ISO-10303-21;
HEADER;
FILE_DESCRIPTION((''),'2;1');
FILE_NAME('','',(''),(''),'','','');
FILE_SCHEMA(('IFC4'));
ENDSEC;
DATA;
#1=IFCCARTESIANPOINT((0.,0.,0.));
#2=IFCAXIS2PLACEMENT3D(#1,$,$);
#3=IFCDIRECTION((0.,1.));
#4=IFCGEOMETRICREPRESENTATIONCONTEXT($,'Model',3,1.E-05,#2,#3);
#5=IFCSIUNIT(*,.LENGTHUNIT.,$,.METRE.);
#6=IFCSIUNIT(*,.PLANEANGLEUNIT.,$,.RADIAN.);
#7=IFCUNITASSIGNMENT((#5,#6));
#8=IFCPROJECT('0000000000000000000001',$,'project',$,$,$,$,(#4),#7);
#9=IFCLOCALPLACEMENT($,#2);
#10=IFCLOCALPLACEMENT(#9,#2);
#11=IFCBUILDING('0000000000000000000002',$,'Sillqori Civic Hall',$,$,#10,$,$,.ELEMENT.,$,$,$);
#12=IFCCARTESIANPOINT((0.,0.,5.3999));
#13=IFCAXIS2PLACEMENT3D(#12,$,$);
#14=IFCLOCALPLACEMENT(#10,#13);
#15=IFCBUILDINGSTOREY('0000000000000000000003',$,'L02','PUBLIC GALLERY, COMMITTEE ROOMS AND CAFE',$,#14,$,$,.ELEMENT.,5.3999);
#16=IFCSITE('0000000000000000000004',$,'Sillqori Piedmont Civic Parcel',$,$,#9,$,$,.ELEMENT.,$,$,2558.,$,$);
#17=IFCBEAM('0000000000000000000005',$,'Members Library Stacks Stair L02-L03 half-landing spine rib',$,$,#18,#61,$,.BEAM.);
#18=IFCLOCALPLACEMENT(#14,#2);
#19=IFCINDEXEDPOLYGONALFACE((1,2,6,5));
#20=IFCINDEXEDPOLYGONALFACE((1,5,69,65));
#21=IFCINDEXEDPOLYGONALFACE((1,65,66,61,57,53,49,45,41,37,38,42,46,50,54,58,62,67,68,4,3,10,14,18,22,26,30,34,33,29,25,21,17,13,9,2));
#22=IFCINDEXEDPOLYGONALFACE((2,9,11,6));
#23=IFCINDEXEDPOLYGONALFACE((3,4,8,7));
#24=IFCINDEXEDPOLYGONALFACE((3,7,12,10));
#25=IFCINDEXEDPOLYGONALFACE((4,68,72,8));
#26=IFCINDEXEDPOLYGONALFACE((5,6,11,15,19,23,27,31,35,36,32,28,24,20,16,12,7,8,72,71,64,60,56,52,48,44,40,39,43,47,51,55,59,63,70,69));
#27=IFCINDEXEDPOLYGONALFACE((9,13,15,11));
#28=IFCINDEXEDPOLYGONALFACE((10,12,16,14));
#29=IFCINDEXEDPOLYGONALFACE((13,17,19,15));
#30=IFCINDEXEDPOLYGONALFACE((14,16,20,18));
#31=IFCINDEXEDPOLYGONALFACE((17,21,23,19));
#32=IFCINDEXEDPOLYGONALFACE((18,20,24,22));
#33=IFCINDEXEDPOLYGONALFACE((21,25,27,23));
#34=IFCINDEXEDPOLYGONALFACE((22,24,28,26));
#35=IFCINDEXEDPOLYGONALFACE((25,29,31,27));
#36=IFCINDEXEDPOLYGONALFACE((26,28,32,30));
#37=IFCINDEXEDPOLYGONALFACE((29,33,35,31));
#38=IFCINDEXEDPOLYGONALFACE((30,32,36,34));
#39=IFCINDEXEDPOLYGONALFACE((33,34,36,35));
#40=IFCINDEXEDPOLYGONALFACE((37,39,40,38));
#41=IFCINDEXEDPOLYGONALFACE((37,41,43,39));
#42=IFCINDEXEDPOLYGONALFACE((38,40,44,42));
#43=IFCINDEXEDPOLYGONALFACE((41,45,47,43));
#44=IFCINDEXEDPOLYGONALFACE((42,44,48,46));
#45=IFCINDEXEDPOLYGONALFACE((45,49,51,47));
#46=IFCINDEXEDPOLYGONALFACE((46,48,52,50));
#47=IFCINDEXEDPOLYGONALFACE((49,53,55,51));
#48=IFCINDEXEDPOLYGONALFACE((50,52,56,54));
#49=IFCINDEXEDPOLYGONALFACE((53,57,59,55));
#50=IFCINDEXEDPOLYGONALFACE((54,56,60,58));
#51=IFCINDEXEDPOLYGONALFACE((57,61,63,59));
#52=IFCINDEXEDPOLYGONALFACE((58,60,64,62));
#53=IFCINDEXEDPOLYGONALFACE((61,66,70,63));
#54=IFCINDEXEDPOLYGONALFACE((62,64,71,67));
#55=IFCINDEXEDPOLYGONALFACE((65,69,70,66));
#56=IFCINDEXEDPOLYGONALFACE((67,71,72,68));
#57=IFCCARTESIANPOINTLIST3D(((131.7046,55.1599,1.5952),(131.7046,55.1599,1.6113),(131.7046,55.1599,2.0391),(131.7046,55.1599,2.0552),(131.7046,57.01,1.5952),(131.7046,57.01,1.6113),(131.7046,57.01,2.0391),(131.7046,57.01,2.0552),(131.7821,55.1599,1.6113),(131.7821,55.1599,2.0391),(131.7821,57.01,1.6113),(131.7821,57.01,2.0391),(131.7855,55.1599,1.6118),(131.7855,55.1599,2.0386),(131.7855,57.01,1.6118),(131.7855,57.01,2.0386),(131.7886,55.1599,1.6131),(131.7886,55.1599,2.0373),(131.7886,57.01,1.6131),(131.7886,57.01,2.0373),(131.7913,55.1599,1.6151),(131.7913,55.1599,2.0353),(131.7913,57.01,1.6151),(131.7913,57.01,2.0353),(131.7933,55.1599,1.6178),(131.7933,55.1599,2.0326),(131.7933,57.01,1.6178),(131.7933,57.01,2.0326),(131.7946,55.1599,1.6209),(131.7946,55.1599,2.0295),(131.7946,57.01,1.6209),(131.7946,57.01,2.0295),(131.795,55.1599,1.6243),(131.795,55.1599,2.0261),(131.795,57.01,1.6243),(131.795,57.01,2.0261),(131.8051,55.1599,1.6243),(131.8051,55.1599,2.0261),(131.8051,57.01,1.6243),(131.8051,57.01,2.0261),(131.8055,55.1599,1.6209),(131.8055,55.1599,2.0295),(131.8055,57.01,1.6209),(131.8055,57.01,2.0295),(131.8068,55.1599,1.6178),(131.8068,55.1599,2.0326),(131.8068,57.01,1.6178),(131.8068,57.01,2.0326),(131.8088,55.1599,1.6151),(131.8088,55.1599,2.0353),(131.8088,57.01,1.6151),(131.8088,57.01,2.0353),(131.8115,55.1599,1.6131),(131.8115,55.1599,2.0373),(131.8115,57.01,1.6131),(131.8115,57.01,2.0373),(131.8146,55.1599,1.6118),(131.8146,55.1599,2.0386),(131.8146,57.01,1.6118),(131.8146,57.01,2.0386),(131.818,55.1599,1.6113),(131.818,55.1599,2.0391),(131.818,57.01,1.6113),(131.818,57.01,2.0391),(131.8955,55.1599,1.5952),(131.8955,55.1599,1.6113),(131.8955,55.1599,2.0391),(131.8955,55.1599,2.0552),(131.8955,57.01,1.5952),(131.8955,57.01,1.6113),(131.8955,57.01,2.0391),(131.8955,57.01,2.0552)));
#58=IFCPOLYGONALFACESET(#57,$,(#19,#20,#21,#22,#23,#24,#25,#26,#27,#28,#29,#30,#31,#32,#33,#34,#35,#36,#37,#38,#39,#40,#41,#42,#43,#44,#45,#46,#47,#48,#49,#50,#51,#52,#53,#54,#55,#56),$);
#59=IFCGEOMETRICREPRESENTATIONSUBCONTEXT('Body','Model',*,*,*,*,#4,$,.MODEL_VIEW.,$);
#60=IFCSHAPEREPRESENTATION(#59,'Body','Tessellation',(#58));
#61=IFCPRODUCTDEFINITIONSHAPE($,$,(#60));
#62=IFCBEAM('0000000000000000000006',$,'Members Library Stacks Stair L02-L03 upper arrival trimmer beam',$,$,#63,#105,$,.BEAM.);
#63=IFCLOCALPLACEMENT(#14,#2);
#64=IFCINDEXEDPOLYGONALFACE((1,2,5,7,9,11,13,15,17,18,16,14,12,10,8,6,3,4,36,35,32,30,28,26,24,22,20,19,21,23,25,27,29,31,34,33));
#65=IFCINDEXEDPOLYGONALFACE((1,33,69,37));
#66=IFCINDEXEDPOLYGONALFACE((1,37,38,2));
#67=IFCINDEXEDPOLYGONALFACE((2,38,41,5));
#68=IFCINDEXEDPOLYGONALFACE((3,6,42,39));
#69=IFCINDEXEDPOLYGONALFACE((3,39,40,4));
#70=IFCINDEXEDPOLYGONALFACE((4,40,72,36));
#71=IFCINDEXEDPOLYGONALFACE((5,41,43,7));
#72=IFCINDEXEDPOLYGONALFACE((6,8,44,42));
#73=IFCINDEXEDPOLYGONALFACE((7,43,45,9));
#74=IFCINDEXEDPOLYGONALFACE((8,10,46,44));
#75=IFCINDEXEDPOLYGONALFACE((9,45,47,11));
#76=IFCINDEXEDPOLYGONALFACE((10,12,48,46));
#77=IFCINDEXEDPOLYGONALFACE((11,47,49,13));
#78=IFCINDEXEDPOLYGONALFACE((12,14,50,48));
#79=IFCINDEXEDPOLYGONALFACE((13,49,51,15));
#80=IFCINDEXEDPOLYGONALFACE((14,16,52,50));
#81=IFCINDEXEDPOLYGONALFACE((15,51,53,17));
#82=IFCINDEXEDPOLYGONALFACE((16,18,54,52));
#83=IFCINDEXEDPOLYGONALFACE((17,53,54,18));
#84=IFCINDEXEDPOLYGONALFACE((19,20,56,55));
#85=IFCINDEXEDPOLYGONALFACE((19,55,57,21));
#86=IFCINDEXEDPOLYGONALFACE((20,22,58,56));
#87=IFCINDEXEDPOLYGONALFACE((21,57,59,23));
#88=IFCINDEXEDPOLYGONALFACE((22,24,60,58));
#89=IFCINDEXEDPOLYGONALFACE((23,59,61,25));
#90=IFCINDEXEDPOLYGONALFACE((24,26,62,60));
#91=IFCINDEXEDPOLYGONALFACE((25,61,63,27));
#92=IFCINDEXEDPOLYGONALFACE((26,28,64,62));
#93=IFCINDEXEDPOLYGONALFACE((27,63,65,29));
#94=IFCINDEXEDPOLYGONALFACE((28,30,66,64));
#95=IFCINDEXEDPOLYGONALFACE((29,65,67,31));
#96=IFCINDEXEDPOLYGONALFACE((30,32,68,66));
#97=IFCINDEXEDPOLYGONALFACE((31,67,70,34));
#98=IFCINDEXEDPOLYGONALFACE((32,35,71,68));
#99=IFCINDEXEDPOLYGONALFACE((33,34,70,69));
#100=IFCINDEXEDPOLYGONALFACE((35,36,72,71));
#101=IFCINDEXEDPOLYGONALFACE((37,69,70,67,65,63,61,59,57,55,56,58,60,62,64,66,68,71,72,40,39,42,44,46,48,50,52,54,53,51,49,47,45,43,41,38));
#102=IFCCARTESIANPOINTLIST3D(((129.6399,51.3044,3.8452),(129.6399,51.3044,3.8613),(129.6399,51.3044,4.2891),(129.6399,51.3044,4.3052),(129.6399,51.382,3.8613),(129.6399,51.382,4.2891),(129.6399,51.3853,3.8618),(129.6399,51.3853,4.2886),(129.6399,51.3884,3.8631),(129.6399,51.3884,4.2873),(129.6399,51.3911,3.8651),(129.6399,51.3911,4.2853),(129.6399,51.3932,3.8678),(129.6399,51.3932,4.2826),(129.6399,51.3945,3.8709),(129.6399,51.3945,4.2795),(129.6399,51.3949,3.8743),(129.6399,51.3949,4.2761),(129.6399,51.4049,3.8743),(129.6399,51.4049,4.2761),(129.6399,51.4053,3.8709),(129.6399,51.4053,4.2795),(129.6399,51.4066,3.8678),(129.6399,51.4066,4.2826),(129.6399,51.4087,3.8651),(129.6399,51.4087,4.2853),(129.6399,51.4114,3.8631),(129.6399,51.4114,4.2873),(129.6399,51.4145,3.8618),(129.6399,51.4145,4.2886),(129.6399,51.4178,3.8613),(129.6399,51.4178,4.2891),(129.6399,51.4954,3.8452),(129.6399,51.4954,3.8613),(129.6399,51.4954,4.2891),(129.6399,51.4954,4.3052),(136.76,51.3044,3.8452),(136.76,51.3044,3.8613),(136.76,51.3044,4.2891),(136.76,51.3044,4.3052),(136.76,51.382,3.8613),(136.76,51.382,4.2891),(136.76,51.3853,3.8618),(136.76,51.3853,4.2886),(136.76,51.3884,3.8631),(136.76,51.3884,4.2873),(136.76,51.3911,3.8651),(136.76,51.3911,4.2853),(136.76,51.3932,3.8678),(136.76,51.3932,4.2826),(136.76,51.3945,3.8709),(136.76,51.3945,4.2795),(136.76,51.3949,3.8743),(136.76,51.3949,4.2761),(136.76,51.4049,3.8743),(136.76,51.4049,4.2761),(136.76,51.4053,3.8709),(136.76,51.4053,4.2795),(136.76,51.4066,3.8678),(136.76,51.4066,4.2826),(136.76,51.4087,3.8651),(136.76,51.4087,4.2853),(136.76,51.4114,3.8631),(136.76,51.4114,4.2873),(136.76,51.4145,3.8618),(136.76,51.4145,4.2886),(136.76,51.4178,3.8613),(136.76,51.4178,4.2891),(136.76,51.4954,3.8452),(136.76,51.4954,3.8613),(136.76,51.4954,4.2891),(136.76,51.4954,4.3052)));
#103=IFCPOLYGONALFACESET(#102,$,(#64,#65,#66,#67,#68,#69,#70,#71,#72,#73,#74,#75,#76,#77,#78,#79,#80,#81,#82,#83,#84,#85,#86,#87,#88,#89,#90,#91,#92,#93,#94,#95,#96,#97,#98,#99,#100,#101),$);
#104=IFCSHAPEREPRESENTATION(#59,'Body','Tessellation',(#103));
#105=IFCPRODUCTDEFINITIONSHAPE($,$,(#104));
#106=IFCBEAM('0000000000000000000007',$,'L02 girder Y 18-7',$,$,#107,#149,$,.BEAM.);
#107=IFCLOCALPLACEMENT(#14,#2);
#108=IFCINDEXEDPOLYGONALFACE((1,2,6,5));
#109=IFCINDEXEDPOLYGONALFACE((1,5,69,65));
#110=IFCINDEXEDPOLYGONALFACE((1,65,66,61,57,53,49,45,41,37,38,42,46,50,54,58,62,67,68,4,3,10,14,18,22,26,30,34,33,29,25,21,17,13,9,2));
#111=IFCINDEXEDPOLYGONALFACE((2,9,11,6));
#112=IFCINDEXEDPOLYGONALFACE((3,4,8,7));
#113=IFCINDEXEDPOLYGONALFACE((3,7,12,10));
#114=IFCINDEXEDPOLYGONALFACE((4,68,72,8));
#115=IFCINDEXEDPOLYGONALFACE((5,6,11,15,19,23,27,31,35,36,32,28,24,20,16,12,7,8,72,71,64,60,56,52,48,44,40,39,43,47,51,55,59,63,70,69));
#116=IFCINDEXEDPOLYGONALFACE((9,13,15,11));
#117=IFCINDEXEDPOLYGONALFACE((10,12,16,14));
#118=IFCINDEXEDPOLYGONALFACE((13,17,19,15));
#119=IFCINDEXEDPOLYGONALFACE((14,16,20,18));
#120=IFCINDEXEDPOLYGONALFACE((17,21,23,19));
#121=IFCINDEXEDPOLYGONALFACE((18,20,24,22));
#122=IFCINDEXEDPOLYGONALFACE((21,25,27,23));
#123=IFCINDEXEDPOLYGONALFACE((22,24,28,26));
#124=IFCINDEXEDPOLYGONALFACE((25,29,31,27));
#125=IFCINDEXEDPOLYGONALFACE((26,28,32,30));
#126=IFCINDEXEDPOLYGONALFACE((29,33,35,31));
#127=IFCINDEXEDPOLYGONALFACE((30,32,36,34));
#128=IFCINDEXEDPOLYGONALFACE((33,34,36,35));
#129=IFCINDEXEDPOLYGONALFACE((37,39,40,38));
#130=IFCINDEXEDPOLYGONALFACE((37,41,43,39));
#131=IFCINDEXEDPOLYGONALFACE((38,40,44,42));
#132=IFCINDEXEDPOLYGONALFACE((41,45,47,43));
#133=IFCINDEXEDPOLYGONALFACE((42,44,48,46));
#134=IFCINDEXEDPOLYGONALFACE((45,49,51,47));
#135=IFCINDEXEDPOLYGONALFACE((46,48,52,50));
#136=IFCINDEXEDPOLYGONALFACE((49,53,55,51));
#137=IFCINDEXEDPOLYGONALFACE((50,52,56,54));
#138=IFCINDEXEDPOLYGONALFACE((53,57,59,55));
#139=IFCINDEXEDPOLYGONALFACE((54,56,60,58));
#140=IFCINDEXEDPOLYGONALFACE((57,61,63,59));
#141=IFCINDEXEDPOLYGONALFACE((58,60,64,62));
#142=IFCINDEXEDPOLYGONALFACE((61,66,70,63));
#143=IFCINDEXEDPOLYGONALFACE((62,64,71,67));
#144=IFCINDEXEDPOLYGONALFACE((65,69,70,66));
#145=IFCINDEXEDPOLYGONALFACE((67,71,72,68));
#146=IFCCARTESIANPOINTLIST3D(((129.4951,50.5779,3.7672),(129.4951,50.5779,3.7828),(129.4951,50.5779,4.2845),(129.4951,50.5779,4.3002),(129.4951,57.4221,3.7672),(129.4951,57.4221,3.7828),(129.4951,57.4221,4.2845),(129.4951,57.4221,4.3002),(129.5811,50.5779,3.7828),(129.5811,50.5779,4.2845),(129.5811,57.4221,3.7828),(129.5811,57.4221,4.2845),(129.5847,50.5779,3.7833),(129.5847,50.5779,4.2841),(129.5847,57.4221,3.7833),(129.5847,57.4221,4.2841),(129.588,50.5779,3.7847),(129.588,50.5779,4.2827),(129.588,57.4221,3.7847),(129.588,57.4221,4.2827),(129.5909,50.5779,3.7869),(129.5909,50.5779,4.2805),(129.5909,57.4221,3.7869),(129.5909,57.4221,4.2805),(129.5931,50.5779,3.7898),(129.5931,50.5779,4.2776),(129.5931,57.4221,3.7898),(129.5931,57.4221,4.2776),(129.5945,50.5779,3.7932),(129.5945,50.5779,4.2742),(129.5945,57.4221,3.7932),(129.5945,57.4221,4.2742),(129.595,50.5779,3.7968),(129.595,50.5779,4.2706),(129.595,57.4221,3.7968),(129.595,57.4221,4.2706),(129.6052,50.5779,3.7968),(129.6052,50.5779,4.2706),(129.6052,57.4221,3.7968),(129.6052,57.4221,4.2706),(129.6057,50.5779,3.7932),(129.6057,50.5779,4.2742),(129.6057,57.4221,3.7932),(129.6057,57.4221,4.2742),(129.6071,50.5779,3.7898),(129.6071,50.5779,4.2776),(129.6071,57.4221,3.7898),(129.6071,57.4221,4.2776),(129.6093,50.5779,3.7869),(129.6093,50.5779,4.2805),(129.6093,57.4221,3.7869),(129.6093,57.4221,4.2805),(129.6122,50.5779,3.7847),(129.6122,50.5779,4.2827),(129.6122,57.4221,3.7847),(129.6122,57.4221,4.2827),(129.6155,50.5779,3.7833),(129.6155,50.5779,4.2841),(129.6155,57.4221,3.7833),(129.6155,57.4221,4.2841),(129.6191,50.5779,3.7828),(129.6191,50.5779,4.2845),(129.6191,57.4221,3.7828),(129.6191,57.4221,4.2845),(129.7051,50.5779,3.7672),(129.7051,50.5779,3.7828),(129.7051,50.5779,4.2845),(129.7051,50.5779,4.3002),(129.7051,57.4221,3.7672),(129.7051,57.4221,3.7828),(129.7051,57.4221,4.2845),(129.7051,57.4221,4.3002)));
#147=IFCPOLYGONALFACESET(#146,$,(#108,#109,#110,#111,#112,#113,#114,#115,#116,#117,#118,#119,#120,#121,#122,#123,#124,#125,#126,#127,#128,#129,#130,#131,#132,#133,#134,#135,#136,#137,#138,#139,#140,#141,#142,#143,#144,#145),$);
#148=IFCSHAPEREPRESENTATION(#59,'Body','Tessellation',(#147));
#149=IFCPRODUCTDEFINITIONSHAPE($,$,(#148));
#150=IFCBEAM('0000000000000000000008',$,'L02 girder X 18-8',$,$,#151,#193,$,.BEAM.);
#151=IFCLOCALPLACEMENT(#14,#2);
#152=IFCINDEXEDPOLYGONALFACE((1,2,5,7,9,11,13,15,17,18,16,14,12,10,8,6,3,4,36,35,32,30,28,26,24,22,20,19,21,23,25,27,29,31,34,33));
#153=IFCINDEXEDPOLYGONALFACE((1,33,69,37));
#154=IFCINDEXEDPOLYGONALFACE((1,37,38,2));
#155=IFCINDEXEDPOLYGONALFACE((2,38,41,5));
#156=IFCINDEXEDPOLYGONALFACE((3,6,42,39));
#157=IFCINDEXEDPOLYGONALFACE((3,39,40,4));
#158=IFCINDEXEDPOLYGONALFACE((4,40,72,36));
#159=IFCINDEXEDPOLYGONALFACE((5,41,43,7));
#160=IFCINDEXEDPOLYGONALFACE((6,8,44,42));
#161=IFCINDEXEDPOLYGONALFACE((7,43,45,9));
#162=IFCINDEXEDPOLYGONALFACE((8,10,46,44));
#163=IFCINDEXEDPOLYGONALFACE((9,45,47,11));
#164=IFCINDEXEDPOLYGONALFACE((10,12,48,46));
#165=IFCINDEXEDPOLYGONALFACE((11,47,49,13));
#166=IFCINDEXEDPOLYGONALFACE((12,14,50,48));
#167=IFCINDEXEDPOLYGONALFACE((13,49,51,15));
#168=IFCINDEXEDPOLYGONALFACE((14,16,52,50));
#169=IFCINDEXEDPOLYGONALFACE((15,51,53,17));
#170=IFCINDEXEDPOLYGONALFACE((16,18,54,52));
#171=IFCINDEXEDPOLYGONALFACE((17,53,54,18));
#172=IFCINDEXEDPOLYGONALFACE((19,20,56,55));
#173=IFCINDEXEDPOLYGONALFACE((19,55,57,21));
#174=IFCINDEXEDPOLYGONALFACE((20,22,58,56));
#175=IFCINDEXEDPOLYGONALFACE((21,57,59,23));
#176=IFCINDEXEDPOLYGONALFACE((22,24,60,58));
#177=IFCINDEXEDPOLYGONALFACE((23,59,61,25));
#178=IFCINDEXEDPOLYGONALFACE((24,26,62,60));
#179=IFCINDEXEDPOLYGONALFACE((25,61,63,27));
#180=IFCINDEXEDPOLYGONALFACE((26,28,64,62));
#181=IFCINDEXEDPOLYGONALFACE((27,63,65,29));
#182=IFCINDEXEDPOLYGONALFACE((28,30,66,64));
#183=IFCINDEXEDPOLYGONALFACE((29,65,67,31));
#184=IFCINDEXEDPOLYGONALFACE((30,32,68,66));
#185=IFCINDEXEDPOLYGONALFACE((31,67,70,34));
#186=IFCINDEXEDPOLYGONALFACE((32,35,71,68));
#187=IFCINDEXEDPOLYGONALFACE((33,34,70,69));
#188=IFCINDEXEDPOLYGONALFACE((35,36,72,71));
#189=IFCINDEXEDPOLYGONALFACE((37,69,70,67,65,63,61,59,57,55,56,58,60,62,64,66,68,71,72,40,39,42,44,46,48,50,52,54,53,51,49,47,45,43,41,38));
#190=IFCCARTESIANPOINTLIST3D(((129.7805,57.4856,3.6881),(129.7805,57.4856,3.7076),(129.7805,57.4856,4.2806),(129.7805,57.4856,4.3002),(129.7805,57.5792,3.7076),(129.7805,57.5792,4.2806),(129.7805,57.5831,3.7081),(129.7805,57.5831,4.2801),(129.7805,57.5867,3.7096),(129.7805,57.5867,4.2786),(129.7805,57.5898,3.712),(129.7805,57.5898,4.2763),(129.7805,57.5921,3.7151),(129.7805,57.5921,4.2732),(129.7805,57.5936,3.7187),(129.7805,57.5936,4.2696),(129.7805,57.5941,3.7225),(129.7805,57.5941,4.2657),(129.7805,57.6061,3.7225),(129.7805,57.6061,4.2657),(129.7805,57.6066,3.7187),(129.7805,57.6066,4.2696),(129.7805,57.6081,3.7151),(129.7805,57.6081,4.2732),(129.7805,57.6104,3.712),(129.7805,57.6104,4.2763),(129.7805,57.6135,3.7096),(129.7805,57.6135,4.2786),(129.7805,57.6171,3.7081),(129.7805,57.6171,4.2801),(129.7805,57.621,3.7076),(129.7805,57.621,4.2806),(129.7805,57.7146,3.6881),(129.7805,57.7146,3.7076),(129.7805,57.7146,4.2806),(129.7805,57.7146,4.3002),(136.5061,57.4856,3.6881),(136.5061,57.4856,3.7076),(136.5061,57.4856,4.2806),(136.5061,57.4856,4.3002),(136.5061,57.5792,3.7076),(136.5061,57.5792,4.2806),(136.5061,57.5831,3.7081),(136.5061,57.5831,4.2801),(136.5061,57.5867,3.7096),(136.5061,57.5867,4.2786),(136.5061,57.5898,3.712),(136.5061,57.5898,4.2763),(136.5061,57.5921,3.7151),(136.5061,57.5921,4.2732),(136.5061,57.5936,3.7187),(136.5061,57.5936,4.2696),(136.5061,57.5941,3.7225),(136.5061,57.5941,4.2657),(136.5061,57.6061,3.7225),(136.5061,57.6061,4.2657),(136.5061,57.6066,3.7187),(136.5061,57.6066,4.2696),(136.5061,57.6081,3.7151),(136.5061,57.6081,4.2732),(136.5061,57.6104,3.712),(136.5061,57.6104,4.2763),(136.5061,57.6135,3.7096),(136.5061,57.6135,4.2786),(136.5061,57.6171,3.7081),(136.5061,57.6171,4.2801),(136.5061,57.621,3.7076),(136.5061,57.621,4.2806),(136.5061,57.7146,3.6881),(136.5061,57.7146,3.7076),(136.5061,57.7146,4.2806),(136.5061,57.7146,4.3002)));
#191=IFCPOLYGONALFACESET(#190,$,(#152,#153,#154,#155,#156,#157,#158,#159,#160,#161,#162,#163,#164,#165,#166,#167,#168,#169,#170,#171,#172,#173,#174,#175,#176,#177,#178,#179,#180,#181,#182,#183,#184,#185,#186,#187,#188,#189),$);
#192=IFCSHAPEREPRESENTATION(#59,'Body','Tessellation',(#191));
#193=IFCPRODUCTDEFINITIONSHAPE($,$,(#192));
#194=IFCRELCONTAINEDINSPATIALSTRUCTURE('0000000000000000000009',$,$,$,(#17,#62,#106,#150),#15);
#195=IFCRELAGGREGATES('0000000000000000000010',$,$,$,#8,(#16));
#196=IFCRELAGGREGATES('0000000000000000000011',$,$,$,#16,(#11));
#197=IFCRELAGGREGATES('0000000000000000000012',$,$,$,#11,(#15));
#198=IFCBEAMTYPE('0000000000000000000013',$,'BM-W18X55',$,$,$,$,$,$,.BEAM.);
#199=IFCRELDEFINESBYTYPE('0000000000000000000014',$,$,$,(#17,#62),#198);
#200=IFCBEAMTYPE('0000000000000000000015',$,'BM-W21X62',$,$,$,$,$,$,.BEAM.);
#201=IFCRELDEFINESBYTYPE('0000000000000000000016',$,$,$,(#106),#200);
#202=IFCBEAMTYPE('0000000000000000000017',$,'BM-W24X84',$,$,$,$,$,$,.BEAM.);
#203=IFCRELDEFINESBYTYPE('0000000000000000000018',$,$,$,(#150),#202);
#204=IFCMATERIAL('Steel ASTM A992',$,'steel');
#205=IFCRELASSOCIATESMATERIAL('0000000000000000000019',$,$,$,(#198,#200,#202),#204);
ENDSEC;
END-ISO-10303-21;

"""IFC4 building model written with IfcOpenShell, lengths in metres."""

from ifc_helpers import new_model, si_unit, direction, frame, origin, origin_2d, place, context, subcontext, project, spatial, i_section, extrude, material, material_profile, profile_set, type_object, element, save


model = new_model("IFC4")

# Units and contexts
model_context = context("Model", 3, precision=1e-05, world=origin(), true_north=direction((0.0, 1.0)))
body_context = subcontext(model_context, "Body", "Model", "MODEL_VIEW")
ifc_project = project(units=[si_unit("LENGTHUNIT", "METRE"), si_unit("PLANEANGLEUNIT", "RADIAN")], contexts=[model_context])

# Site, building, storey
site_placement = place(None, origin())
site = spatial("IfcSite", under=ifc_project, at=site_placement, Name="Sillqori Piedmont Civic Parcel", CompositionType="ELEMENT", RefElevation=2558.0)
building_placement = place(site_placement, origin())
building = spatial("IfcBuilding", under=site, at=building_placement, Name="Sillqori Civic Hall", CompositionType="ELEMENT")
storey_placement = place(building_placement, frame((0.0, 0.0, 5.3999)))
storey = spatial("IfcBuildingStorey", under=building, at=storey_placement, Name="L02", Description="PUBLIC GALLERY, COMMITTEE ROOMS AND CAFE", CompositionType="ELEMENT", Elevation=5.3999)

# Shared definitions
ifc_material_1 = material(Name="Steel ASTM A992", Category="steel")

# Beams
ifc_material_profile_1 = material_profile(ifc_material_1, i_section(OverallWidth=0.1909, OverallDepth=0.46, WebThickness=0.01, FlangeThickness=0.0161, FilletRadius=0.0129, at=origin_2d()), Name="W18X55")
ifc_profile_set_1 = profile_set([ifc_material_profile_1], Name="Steel ASTM A992")
beam_type_1 = type_object("IfcBeamType", Name="BM-W18X55", PredefinedType="BEAM", material=ifc_profile_set_1)
beam_1_placement = place(storey_placement, frame((131.8, 55.1599, 1.8252), z_axis=(0.0, 1.0, 0.0), x_axis=(-1.0, 0.0, 0.0)))
element("IfcBeam", 1, at=beam_1_placement, inside=storey, type_object=beam_type_1, Name="Members Library Stacks Stair L02-L03 half-landing spine rib", PredefinedType="BEAM", context=body_context, shape_type="SweptSolid", body=[
    extrude(i_section(OverallWidth=0.1909, OverallDepth=0.46, WebThickness=0.01, FlangeThickness=0.0161, FilletRadius=0.0129, at=origin_2d()), origin(), (0.0, 0.0, 1.0), 1.8501),
])
beam_2_placement = place(storey_placement, frame((129.6399, 51.3999, 4.0752), z_axis=(1.0, 0.0, 0.0), x_axis=(0.0, 1.0, 0.0)))
element("IfcBeam", 2, at=beam_2_placement, inside=storey, type_object=beam_type_1, Name="Members Library Stacks Stair L02-L03 upper arrival trimmer beam", PredefinedType="BEAM", context=body_context, shape_type="SweptSolid", body=[
    extrude(i_section(OverallWidth=0.1909, OverallDepth=0.46, WebThickness=0.01, FlangeThickness=0.0161, FilletRadius=0.0129, at=origin_2d()), origin(), (0.0, 0.0, 1.0), 7.1201),
])
ifc_material_profile_2 = material_profile(ifc_material_1, i_section(OverallWidth=0.21, OverallDepth=0.533, WebThickness=0.0103, FlangeThickness=0.0156, FilletRadius=0.0139, at=origin_2d()), Name="W21X62")
ifc_profile_set_2 = profile_set([ifc_material_profile_2], Name="Steel ASTM A992")
beam_type_2 = type_object("IfcBeamType", Name="BM-W21X62", PredefinedType="BEAM", material=ifc_profile_set_2)
beam_3_placement = place(storey_placement, frame((129.6001, 50.5779, 4.0337), z_axis=(0.0, 1.0, 0.0), x_axis=(-1.0, 0.0, 0.0)))
element("IfcBeam", 3, at=beam_3_placement, inside=storey, type_object=beam_type_2, Name="L02 girder Y 18-7", PredefinedType="BEAM", context=body_context, shape_type="SweptSolid", body=[
    extrude(i_section(OverallWidth=0.21, OverallDepth=0.533, WebThickness=0.0103, FlangeThickness=0.0156, FilletRadius=0.0139, at=origin_2d()), origin(), (0.0, 0.0, 1.0), 6.8442),
])
ifc_material_profile_3 = material_profile(ifc_material_1, i_section(OverallWidth=0.229, OverallDepth=0.6121, WebThickness=0.012, FlangeThickness=0.0195, FilletRadius=0.0149, at=origin_2d()), Name="W24X84")
ifc_profile_set_3 = profile_set([ifc_material_profile_3], Name="Steel ASTM A992")
beam_type_3 = type_object("IfcBeamType", Name="BM-W24X84", PredefinedType="BEAM", material=ifc_profile_set_3)
beam_4_placement = place(storey_placement, frame((129.7805, 57.6001, 3.9941), z_axis=(1.0, 0.0, 0.0), x_axis=(0.0, 1.0, 0.0)))
element("IfcBeam", 4, at=beam_4_placement, inside=storey, type_object=beam_type_3, Name="L02 girder X 18-8", PredefinedType="BEAM", context=body_context, shape_type="SweptSolid", body=[
    extrude(i_section(OverallWidth=0.229, OverallDepth=0.6121, WebThickness=0.012, FlangeThickness=0.0195, FilletRadius=0.0149, at=origin_2d()), origin(), (0.0, 0.0, 1.0), 6.7256),
])

save(model, "model.ifc")
